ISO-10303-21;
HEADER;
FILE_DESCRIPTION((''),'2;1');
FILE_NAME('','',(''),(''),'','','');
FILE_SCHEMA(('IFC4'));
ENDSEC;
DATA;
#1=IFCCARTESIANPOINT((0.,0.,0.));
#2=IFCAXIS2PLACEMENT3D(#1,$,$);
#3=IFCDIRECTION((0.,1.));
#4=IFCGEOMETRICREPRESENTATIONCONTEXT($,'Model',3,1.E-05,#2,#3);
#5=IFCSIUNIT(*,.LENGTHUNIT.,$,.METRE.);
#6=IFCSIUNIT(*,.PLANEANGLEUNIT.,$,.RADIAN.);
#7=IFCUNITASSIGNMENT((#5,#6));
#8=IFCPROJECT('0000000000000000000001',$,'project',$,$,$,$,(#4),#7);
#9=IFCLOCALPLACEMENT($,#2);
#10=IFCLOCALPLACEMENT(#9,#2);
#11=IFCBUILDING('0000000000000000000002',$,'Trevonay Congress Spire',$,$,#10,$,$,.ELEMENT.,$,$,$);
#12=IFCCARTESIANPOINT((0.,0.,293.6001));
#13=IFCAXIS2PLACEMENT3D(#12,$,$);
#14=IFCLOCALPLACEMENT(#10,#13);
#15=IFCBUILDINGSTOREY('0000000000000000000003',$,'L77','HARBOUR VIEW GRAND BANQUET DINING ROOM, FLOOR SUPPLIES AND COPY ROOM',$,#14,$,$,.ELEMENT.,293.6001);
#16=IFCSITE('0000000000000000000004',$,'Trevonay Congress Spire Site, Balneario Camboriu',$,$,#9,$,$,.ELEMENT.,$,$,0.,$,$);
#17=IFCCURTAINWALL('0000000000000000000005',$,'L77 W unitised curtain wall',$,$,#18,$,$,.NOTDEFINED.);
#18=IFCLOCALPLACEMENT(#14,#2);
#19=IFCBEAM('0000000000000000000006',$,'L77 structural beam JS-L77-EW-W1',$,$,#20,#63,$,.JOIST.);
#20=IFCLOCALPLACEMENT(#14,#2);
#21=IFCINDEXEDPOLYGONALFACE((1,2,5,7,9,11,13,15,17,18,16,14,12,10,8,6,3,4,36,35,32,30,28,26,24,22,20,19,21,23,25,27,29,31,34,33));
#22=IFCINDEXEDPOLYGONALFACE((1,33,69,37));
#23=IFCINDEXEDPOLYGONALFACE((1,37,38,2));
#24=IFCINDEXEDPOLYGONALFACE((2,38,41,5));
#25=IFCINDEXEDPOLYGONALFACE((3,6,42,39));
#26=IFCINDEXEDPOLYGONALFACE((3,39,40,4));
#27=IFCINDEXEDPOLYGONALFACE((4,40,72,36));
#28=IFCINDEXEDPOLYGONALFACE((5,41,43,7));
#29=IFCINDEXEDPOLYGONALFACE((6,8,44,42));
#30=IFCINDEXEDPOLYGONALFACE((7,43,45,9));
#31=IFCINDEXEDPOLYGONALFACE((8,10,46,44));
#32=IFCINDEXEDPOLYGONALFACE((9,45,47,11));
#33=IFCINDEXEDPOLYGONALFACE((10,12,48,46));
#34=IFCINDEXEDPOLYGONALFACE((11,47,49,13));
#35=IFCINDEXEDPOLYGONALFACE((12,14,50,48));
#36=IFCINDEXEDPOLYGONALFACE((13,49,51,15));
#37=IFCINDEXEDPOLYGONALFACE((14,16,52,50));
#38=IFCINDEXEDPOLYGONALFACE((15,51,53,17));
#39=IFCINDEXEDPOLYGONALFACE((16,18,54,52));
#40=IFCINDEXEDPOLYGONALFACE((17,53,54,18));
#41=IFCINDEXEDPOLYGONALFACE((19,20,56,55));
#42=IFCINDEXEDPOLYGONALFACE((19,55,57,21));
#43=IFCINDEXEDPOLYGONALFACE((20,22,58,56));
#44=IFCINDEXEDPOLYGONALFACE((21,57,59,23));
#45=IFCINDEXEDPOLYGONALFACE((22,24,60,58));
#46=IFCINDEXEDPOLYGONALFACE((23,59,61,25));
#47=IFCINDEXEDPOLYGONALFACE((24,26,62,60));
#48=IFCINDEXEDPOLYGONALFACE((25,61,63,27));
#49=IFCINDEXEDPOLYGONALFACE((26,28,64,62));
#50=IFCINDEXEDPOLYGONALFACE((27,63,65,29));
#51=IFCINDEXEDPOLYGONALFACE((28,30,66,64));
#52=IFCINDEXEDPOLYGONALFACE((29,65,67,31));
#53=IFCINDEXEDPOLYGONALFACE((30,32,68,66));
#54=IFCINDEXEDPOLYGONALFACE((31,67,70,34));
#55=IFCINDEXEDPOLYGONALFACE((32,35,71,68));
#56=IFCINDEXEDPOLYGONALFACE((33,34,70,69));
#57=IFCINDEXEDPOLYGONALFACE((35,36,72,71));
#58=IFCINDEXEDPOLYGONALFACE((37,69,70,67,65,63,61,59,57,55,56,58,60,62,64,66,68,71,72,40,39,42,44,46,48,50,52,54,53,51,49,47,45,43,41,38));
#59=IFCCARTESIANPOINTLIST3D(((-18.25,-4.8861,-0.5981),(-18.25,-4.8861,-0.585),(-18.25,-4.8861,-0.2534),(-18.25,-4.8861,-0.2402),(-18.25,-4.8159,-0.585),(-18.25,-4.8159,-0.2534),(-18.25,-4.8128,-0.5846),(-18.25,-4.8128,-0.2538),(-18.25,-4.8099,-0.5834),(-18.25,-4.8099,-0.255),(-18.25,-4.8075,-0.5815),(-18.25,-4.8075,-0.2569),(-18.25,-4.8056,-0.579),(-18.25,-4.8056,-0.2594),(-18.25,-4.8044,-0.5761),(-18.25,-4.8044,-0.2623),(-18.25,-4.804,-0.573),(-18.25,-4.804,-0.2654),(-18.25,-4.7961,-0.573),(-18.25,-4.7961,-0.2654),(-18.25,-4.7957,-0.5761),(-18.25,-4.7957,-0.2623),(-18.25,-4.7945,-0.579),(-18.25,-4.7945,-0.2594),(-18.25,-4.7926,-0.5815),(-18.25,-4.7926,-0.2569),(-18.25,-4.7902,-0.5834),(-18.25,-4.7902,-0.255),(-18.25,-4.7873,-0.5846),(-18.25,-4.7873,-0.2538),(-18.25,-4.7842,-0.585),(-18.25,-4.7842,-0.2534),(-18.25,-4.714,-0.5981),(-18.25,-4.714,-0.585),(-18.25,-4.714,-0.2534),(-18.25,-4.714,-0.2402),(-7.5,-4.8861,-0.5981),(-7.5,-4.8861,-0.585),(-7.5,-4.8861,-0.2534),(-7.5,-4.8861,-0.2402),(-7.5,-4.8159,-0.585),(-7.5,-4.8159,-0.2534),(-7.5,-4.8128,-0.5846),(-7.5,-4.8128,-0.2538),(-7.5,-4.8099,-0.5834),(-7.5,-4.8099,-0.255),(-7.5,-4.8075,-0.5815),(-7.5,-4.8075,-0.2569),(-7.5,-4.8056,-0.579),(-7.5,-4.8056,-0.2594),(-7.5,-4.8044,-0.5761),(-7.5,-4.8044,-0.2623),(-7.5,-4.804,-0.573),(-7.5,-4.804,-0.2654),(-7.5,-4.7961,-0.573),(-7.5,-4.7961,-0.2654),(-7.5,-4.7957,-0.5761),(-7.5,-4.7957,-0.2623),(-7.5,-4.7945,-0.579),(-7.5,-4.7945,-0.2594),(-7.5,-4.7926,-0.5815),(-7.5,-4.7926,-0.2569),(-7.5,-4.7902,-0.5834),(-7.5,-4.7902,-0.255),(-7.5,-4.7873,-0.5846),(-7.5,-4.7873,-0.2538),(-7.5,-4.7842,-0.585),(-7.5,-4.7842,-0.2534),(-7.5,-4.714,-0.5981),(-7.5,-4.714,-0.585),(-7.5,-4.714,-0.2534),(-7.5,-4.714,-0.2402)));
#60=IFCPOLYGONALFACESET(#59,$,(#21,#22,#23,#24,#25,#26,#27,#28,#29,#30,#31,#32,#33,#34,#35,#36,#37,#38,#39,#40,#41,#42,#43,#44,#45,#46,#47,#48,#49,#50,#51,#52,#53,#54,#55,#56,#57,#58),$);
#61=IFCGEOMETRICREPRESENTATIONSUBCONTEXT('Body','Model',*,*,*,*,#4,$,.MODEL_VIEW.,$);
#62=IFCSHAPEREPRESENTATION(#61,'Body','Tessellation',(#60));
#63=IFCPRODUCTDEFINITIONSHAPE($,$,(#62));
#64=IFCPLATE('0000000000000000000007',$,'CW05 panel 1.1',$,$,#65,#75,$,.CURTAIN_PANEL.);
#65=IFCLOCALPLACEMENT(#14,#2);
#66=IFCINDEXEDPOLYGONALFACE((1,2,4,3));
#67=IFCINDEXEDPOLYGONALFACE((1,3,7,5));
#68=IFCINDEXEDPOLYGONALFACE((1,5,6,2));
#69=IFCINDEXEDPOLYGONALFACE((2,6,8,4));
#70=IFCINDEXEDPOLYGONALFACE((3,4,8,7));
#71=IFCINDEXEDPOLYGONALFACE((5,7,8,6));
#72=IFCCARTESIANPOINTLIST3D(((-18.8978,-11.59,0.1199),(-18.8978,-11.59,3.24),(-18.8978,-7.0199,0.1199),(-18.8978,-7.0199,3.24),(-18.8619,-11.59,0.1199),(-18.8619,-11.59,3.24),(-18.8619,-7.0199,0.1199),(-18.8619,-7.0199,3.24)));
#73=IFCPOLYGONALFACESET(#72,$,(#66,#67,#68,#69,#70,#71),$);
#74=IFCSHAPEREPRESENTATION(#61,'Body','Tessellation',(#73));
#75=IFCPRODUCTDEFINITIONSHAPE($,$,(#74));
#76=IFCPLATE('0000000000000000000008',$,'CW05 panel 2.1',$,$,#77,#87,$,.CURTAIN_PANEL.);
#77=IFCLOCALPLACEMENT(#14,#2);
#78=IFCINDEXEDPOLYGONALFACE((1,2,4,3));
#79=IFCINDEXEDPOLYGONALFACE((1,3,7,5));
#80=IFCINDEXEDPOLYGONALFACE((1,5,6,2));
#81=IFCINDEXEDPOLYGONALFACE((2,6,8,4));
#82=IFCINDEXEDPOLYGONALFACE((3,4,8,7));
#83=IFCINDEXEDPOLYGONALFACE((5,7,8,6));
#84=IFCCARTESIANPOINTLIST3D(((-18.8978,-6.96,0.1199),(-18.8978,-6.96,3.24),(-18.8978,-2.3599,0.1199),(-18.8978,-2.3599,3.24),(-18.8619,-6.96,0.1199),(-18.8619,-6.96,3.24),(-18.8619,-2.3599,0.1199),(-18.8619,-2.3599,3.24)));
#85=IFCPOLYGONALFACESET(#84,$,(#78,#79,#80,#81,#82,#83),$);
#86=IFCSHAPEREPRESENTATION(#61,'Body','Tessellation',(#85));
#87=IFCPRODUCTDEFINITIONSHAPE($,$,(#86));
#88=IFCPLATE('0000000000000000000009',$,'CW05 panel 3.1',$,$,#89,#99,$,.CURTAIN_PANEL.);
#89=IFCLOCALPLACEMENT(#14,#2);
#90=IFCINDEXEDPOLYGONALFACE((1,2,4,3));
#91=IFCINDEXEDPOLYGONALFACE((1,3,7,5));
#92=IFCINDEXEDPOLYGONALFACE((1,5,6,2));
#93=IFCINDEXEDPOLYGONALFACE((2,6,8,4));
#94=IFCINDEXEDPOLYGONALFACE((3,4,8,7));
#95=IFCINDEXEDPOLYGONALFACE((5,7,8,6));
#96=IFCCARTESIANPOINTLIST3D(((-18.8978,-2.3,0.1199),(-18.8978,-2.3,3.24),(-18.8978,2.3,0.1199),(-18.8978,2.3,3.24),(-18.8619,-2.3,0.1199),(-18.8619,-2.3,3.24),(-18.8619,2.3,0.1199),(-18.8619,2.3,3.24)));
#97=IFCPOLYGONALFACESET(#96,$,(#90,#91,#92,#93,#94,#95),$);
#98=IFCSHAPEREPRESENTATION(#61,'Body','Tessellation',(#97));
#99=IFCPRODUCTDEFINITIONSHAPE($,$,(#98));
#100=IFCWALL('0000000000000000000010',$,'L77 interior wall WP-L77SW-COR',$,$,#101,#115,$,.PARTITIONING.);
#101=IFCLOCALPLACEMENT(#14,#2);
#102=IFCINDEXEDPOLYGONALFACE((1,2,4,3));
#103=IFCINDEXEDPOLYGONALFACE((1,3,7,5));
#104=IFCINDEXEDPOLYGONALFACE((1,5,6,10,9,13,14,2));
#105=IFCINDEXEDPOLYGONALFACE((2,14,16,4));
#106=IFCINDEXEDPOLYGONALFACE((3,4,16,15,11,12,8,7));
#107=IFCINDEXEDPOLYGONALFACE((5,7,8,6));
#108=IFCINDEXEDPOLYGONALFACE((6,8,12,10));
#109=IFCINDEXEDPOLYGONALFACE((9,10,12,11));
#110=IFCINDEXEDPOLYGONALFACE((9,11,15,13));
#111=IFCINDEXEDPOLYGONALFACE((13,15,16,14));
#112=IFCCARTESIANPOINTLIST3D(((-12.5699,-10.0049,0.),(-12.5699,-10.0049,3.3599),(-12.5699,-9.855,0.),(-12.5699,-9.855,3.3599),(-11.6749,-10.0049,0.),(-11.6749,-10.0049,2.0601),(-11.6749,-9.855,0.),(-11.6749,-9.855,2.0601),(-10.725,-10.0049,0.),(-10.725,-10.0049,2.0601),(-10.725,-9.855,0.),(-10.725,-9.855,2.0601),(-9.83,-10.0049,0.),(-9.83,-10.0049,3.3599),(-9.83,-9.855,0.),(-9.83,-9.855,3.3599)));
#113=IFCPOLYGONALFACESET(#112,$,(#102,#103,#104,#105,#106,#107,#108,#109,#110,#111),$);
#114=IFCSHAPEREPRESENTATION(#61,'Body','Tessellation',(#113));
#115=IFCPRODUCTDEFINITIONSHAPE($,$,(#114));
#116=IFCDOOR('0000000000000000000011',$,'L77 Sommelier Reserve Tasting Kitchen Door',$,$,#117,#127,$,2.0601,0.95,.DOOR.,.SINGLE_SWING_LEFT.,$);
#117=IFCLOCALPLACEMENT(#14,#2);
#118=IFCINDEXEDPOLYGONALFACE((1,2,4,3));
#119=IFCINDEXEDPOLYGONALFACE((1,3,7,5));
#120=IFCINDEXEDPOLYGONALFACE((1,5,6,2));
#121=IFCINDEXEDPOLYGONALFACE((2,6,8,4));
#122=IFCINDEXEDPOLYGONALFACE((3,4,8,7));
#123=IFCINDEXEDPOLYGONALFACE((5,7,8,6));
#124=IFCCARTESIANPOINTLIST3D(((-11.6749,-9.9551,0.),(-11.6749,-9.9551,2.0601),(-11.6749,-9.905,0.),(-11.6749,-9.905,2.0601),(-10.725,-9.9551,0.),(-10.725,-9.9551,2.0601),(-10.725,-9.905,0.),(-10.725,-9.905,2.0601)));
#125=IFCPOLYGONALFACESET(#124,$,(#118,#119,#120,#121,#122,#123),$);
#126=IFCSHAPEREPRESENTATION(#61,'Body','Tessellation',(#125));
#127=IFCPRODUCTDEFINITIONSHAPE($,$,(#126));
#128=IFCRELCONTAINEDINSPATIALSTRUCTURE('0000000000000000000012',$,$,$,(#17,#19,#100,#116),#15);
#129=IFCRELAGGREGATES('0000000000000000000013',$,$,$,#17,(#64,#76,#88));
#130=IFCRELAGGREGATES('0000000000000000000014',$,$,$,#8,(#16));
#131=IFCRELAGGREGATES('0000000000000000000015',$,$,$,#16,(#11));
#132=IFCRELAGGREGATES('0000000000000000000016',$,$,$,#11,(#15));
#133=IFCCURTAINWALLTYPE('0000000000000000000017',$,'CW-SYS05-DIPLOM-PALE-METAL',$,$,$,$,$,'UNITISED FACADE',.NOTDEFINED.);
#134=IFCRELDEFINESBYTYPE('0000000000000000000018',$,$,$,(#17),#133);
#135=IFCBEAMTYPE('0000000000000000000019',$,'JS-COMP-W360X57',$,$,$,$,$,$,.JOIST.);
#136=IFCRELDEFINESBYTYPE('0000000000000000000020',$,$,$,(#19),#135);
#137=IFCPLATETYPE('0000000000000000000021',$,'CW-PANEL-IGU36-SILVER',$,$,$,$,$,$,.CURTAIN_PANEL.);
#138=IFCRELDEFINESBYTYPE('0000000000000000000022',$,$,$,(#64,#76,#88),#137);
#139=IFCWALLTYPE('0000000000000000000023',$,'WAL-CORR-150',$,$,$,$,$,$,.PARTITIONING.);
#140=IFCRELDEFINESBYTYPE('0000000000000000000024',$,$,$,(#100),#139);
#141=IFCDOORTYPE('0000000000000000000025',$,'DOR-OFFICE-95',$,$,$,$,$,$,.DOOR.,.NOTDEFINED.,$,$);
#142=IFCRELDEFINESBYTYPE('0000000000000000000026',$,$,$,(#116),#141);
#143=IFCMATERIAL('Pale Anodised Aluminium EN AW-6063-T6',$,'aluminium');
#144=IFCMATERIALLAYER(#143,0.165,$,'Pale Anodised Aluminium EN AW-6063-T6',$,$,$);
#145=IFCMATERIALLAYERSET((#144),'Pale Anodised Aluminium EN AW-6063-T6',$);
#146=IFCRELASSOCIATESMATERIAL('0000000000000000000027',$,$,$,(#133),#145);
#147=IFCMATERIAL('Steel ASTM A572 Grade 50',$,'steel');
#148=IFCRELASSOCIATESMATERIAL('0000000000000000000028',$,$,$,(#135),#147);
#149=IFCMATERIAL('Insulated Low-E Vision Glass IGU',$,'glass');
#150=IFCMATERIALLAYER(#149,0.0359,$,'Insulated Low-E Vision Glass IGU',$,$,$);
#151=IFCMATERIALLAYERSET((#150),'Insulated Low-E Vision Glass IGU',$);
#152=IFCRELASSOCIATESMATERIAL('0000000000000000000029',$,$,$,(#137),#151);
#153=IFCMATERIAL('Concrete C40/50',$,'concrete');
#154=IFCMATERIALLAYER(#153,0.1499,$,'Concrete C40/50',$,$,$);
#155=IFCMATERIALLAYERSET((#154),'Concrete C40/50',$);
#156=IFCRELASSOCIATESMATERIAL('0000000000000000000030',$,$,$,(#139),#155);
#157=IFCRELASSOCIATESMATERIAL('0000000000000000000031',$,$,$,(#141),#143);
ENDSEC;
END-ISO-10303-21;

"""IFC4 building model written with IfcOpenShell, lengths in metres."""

from ifc_helpers import new_model, si_unit, direction, frame, frame_2d, origin, origin_2d, place, context, subcontext, project, spatial, rectangle, i_section, extrude, material, layer, layer_set, material_profile, profile_set, type_object, element, fill, aggregate, save


model = new_model("IFC4")

# Units and contexts
model_context = context("Model", 3, precision=1e-05, world=origin(), true_north=direction((0.0, 1.0)))
body_context = subcontext(model_context, "Body", "Model", "MODEL_VIEW")
ifc_project = project(units=[si_unit("LENGTHUNIT", "METRE"), si_unit("PLANEANGLEUNIT", "RADIAN")], contexts=[model_context])

# Site, building, storey
site_placement = place(None, origin())
site = spatial("IfcSite", under=ifc_project, at=site_placement, Name="Trevonay Congress Spire Site, Balneario Camboriu", CompositionType="ELEMENT", RefElevation=0.0)
building_placement = place(site_placement, origin())
building = spatial("IfcBuilding", under=site, at=building_placement, Name="Trevonay Congress Spire", CompositionType="ELEMENT")
storey_placement = place(building_placement, frame((0.0, 0.0, 293.6001)))
storey = spatial("IfcBuildingStorey", under=building, at=storey_placement, Name="L77", Description="HARBOUR VIEW GRAND BANQUET DINING ROOM, FLOOR SUPPLIES AND COPY ROOM", CompositionType="ELEMENT", Elevation=293.6001)

# Shared definitions
ifc_material_1 = material(Name="Steel ASTM A572 Grade 50", Category="steel")

# Curtain wall
ifc_material_2 = material(Name="Pale Anodised Aluminium EN AW-6063-T6", Category="aluminium")
ifc_layer_1 = layer(ifc_material_2, 0.165, Name="Pale Anodised Aluminium EN AW-6063-T6")
ifc_layer_set_1 = layer_set([ifc_layer_1], Name="Pale Anodised Aluminium EN AW-6063-T6")
curtain_wall_type = type_object("IfcCurtainWallType", Name="CW-SYS05-DIPLOM-PALE-METAL", ElementType="UNITISED FACADE", PredefinedType="NOTDEFINED", material=ifc_layer_set_1)
curtain_wall_placement = place(storey_placement, origin())
curtain_wall = element("IfcCurtainWall", 1, at=curtain_wall_placement, inside=storey, type_object=curtain_wall_type, Name="L77 W unitised curtain wall", PredefinedType="NOTDEFINED")

# Beam
ifc_material_profile_1 = material_profile(ifc_material_1, i_section(OverallWidth=0.1721, OverallDepth=0.3579, WebThickness=0.0078, FlangeThickness=0.0132, FilletRadius=0.012, at=origin_2d()), Name="W360x57.8")
ifc_profile_set_1 = profile_set([ifc_material_profile_1], Name="Steel ASTM A572 Grade 50")
beam_type_1 = type_object("IfcBeamType", Name="JS-COMP-W360X57", PredefinedType="JOIST", material=ifc_profile_set_1)
beam_1_placement = place(storey_placement, frame((-18.25, -4.8, -0.4192), z_axis=(1.0, 0.0, 0.0), x_axis=(0.0, 1.0, 0.0)))
element("IfcBeam", 2, at=beam_1_placement, inside=storey, type_object=beam_type_1, Name="L77 structural beam JS-L77-EW-W1", PredefinedType="JOIST", context=body_context, shape_type="SweptSolid", body=[
    extrude(i_section(OverallWidth=0.1721, OverallDepth=0.3579, WebThickness=0.0078, FlangeThickness=0.0132, FilletRadius=0.012, at=origin_2d()), origin(), (0.0, 0.0, 1.0), 10.75),
])

# Plates
ifc_material_3 = material(Name="Insulated Low-E Vision Glass IGU", Category="glass")
ifc_layer_2 = layer(ifc_material_3, 0.0359, Name="Insulated Low-E Vision Glass IGU")
ifc_layer_set_2 = layer_set([ifc_layer_2], Name="Insulated Low-E Vision Glass IGU")
plate_type = type_object("IfcPlateType", Name="CW-PANEL-IGU36-SILVER", PredefinedType="CURTAIN_PANEL", material=ifc_layer_set_2)
plate_1_placement = place(storey_placement, frame((-18.8799, -9.3049, 0.1199), z_axis=(0.0, 0.0, 1.0), x_axis=(0.0, 1.0, 0.0)))
plate_1 = element("IfcPlate", 3, at=plate_1_placement, type_object=plate_type, Name="CW05 panel 1.1", PredefinedType="CURTAIN_PANEL", context=body_context, shape_type="SweptSolid", body=[
    extrude(rectangle(XDim=4.5701, YDim=0.0359, at=origin_2d()), origin(), (0.0, 0.0, 1.0), 3.1201),
])
plate_2_placement = place(storey_placement, frame((-18.8799, -4.6599, 0.1199), z_axis=(0.0, 0.0, 1.0), x_axis=(0.0, 1.0, 0.0)))
plate_2 = element("IfcPlate", 4, at=plate_2_placement, type_object=plate_type, Name="CW05 panel 2.1", PredefinedType="CURTAIN_PANEL", context=body_context, shape_type="SweptSolid", body=[
    extrude(rectangle(XDim=4.6001, YDim=0.0359, at=origin_2d()), origin(), (0.0, 0.0, 1.0), 3.1201),
])
plate_3_placement = place(storey_placement, frame((-18.8799, 0.0, 0.1199), z_axis=(0.0, 0.0, 1.0), x_axis=(0.0, 1.0, 0.0)))
plate_3 = element("IfcPlate", 5, at=plate_3_placement, type_object=plate_type, Name="CW05 panel 3.1", PredefinedType="CURTAIN_PANEL", context=body_context, shape_type="SweptSolid", body=[
    extrude(rectangle(XDim=4.6001, YDim=0.0359, at=origin_2d()), origin(), (0.0, 0.0, 1.0), 3.1201),
])
aggregate(curtain_wall, [plate_1, plate_2, plate_3])

# Wall, opening, door
ifc_material_4 = material(Name="Concrete C40/50", Category="concrete")
ifc_layer_3 = layer(ifc_material_4, 0.1499, Name="Concrete C40/50")
ifc_layer_set_3 = layer_set([ifc_layer_3], Name="Concrete C40/50")
wall_type_1 = type_object("IfcWallType", Name="WAL-CORR-150", PredefinedType="PARTITIONING", material=ifc_layer_set_3)
wall_1_placement = place(storey_placement, frame((-12.5701, -9.9299, 0.0), z_axis=(0.0, 0.0, 1.0), x_axis=(1.0, 0.0, 0.0)))
wall_1 = element("IfcWall", 6, at=wall_1_placement, inside=storey, type_object=wall_type_1, Name="L77 interior wall WP-L77SW-COR", PredefinedType="PARTITIONING", context=body_context, shape_type="SweptSolid", body=[
    extrude(rectangle(XDim=2.74, YDim=0.1499, at=frame_2d((1.3701, 0.0))), origin(), (0.0, 0.0, 1.0), 3.3599),
])
opening_1_placement = place(wall_1_placement, frame((0.895, 0.0, 0.0)))
opening_1 = element("IfcOpeningElement", 7, at=opening_1_placement, cuts=wall_1, PredefinedType="OPENING", context=body_context, shape_type="SweptSolid", body=[
    extrude(rectangle(XDim=0.95, YDim=2.0601, at=frame_2d((0.4751, 1.03))), frame((0.0, 0.085, 0.0), z_axis=(0.0, -1.0, 0.0), x_axis=(1.0, 0.0, 0.0)), (0.0, 0.0, 1.0), 0.1699),
])
door_type_1 = type_object("IfcDoorType", Name="DOR-OFFICE-95", OperationType="NOTDEFINED", PredefinedType="DOOR", material=ifc_material_2)
door_1_placement = place(opening_1_placement, origin())
door_1 = element("IfcDoor", 8, at=door_1_placement, inside=storey, type_object=door_type_1, Name="L77 Sommelier Reserve Tasting Kitchen Door", OperationType="SINGLE_SWING_LEFT", OverallHeight=2.0601, OverallWidth=0.95, PredefinedType="DOOR", context=body_context, shape_type="SweptSolid", body=[
    extrude(rectangle(XDim=0.95, YDim=2.0601, at=frame_2d((0.4751, 1.03))), frame((0.0, 0.0249, 0.0), z_axis=(0.0, -1.0, 0.0), x_axis=(1.0, 0.0, 0.0)), (0.0, 0.0, 1.0), 0.05),
])
fill(opening_1, door_1)

save(model, "model.ifc")
